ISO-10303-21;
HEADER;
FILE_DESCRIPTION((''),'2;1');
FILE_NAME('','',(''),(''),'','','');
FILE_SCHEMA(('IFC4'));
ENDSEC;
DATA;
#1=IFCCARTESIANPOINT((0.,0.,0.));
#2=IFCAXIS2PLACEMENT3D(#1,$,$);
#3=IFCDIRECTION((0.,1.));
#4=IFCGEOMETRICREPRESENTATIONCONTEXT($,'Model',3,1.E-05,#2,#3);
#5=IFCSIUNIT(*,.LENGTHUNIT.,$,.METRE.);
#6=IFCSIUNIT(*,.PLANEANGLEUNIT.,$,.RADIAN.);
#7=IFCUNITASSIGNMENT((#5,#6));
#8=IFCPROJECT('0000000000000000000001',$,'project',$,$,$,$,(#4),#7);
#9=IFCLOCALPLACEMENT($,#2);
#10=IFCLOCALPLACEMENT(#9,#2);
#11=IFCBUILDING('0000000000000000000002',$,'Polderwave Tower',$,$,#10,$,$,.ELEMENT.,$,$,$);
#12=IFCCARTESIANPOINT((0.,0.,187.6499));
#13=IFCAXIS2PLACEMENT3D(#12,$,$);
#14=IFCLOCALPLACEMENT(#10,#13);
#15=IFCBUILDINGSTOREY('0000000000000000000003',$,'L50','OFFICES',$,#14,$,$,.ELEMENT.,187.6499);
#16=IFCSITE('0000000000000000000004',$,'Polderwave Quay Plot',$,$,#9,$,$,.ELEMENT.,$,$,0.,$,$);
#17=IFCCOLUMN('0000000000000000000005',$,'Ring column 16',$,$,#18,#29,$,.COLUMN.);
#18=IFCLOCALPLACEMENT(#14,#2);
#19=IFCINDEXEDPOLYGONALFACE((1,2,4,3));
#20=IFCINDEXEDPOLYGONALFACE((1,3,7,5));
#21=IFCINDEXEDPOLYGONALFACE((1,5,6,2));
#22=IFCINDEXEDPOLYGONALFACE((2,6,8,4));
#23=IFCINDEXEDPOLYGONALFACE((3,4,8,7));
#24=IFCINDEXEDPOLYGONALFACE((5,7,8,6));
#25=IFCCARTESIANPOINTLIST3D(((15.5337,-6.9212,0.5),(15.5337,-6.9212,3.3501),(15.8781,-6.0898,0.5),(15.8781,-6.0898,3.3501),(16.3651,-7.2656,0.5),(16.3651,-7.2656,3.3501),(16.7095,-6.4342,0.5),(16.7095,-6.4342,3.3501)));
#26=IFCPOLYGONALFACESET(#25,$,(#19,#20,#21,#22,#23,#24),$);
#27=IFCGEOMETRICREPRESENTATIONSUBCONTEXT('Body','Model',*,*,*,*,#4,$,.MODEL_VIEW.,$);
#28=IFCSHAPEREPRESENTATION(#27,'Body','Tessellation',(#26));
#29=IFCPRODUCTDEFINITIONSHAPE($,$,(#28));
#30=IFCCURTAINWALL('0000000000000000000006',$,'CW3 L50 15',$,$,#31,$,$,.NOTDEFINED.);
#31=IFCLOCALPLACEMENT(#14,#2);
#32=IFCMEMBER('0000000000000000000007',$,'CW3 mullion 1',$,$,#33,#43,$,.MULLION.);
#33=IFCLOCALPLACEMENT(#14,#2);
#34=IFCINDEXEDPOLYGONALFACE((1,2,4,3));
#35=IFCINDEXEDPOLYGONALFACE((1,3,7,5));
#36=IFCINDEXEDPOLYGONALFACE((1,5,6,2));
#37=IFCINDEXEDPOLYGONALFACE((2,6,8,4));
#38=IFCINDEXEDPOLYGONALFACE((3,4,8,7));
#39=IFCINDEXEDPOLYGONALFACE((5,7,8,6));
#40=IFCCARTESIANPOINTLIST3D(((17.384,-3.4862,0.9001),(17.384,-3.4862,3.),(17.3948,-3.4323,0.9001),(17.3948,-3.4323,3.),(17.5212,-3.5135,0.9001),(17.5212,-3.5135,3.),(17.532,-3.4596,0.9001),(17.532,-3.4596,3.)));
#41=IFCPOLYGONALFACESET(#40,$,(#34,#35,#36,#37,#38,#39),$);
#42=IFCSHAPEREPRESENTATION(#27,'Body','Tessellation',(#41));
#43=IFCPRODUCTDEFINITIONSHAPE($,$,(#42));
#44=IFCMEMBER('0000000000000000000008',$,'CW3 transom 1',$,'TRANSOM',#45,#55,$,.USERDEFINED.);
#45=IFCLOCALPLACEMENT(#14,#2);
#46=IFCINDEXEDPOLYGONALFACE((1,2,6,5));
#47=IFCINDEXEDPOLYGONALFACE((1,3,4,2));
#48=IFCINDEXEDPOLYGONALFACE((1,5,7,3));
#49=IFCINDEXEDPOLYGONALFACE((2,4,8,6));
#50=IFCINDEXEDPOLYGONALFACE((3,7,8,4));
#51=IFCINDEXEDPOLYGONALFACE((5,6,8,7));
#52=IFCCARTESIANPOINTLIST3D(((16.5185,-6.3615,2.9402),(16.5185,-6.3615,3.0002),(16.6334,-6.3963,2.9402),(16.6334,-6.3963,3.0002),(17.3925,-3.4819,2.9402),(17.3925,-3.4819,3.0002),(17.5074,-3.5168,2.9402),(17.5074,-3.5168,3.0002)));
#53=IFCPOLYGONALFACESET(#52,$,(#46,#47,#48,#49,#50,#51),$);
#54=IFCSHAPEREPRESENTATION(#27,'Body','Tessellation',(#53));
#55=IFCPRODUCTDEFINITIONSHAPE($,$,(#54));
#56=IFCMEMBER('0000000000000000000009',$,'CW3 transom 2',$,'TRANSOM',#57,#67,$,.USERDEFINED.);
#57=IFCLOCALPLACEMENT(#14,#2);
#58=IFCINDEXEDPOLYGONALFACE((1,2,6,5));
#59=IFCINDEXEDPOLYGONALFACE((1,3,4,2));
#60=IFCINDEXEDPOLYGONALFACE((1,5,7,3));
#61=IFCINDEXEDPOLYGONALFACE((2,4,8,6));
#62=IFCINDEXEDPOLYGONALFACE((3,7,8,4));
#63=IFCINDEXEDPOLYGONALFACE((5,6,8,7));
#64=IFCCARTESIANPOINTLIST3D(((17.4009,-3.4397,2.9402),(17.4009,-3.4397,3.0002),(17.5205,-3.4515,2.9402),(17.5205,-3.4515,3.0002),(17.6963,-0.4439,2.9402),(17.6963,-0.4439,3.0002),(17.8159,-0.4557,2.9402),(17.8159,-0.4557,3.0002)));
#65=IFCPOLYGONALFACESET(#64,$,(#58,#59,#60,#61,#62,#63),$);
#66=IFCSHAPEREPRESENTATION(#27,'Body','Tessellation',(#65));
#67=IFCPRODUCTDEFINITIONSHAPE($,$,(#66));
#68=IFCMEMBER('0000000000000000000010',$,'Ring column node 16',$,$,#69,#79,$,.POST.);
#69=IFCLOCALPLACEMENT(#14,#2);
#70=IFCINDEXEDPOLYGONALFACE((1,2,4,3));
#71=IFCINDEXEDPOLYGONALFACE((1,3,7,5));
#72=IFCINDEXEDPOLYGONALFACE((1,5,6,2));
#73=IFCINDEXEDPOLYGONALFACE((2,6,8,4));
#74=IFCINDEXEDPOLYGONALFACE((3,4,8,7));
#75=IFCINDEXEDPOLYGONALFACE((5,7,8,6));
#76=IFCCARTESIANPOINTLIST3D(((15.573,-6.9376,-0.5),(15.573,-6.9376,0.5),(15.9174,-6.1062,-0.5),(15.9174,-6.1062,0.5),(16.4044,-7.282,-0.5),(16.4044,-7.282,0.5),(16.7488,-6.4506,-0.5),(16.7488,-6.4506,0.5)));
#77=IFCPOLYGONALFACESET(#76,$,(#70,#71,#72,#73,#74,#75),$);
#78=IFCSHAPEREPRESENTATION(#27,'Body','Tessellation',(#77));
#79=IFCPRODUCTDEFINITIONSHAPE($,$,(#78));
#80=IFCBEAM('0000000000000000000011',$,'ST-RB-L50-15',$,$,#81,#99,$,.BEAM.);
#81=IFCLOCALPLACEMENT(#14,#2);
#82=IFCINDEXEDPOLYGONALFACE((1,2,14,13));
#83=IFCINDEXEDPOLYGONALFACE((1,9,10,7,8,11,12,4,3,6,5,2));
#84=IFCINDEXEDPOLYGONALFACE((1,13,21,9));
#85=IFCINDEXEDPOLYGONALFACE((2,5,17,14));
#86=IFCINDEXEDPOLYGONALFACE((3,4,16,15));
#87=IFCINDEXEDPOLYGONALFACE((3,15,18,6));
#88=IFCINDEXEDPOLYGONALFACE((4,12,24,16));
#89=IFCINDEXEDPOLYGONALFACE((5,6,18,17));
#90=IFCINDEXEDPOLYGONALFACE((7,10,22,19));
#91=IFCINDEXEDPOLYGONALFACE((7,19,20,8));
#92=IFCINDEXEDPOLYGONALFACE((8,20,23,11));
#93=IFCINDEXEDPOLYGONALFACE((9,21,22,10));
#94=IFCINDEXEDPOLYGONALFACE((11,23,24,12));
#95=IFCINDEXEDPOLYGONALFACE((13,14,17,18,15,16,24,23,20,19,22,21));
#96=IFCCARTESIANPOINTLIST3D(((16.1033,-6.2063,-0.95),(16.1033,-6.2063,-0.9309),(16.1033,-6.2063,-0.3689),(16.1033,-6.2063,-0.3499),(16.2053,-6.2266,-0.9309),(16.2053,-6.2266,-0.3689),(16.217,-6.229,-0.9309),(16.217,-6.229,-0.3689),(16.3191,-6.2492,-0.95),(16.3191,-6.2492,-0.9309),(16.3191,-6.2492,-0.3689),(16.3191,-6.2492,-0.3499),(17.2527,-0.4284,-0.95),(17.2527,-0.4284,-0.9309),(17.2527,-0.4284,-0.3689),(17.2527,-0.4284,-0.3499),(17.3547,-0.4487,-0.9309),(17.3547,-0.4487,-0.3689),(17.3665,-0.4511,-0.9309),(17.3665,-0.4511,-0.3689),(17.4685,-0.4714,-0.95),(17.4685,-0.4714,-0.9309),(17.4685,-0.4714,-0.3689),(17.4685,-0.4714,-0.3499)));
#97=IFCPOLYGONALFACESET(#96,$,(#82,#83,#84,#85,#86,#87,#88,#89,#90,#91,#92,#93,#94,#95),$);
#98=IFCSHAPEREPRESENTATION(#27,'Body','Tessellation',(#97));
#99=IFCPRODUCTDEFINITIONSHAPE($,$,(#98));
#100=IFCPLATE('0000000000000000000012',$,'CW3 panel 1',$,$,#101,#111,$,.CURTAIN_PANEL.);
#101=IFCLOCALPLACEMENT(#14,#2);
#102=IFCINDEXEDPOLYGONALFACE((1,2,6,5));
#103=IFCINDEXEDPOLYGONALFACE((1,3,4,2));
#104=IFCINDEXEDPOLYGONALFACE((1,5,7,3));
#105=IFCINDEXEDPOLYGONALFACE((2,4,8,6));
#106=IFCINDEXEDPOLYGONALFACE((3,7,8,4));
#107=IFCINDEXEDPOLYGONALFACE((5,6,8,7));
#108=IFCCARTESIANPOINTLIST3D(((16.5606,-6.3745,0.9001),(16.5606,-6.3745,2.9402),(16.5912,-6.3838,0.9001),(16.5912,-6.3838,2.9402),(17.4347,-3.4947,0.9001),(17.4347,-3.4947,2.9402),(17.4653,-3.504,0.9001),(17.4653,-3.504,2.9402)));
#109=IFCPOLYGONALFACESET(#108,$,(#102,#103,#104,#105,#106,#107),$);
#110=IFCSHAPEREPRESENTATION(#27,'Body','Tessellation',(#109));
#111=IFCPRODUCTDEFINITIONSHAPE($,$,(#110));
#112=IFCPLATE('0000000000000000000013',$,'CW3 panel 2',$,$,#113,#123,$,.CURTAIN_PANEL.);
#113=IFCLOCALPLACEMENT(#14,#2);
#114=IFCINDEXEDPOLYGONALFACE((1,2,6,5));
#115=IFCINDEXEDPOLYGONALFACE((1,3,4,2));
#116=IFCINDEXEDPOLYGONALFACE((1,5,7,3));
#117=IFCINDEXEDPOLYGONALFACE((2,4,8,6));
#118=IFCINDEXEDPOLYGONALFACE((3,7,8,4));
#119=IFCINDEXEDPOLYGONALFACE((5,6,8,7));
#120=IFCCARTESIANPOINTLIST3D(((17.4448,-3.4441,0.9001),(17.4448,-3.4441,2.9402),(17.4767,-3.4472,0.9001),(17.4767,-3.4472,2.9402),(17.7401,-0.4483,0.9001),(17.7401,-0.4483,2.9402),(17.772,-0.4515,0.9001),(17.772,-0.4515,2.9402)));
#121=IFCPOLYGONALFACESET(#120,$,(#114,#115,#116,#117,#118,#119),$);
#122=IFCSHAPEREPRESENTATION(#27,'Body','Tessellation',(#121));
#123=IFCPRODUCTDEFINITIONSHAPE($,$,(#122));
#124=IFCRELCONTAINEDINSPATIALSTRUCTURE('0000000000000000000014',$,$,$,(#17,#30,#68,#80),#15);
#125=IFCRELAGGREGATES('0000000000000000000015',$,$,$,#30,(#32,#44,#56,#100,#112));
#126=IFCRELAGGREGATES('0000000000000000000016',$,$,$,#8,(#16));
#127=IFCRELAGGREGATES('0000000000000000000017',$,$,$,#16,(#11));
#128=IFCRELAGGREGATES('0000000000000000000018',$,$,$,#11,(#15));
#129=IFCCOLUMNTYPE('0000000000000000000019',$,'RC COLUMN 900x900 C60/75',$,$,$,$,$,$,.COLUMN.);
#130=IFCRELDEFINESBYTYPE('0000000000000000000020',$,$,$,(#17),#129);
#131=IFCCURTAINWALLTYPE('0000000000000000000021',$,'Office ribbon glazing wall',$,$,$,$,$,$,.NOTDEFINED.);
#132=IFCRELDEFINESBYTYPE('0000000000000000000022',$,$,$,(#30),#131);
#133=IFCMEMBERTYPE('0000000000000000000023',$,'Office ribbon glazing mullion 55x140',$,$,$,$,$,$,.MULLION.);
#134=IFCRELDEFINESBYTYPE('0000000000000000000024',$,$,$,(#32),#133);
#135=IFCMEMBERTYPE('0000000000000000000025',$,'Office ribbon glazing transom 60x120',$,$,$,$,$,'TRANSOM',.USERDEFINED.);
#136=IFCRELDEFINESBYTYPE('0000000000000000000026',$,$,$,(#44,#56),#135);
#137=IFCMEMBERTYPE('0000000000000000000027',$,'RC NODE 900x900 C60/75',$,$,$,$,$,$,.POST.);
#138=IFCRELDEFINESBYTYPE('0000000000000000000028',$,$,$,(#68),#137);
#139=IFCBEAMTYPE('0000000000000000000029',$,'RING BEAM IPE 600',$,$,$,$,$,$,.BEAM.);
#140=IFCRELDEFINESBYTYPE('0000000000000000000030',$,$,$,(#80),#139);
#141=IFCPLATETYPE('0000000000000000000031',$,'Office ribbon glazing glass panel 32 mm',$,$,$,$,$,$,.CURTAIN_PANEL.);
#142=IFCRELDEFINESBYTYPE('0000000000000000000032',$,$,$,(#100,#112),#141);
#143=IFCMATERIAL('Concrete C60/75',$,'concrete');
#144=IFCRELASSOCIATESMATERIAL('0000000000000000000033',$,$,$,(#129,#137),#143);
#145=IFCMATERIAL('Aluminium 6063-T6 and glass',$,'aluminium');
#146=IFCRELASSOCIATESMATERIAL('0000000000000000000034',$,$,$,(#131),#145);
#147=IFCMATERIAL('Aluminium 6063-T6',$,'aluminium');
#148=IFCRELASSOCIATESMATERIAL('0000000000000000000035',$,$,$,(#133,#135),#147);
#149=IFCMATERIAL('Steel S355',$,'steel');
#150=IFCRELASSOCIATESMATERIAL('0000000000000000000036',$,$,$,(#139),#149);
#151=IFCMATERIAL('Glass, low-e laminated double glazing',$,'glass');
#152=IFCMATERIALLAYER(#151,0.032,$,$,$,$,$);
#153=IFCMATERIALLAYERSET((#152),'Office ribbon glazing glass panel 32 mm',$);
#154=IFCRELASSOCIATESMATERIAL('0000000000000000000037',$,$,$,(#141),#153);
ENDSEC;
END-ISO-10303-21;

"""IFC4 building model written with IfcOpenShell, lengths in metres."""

from ifc_helpers import new_model, si_unit, direction, frame, origin, origin_2d, place, context, subcontext, project, spatial, rectangle, i_section, extrude, material, layer, layer_set, material_profile, profile_set, type_object, element, aggregate, save


model = new_model("IFC4")

# Units and contexts
model_context = context("Model", 3, precision=1e-05, world=origin(), true_north=direction((0.0, 1.0)))
body_context = subcontext(model_context, "Body", "Model", "MODEL_VIEW")
ifc_project = project(units=[si_unit("LENGTHUNIT", "METRE"), si_unit("PLANEANGLEUNIT", "RADIAN")], contexts=[model_context])

# Site, building, storey
site_placement = place(None, origin())
site = spatial("IfcSite", under=ifc_project, at=site_placement, Name="Polderwave Quay Plot", CompositionType="ELEMENT", RefElevation=0.0)
building_placement = place(site_placement, origin())
building = spatial("IfcBuilding", under=site, at=building_placement, Name="Polderwave Tower", CompositionType="ELEMENT")
storey_placement = place(building_placement, frame((0.0, 0.0, 187.6499)))
storey = spatial("IfcBuildingStorey", under=building, at=storey_placement, Name="L50", Description="OFFICES", CompositionType="ELEMENT", Elevation=187.6499)

# Column
ifc_material_1 = material(Name="Concrete C60/75", Category="concrete")
ifc_material_profile_1 = material_profile(ifc_material_1, rectangle(XDim=0.8999, YDim=0.8999, at=origin_2d()), Name="RC 900x900")
ifc_profile_set_1 = profile_set([ifc_material_profile_1], Name="Concrete C60/75")
column_type = type_object("IfcColumnType", Name="RC COLUMN 900x900 C60/75", PredefinedType="COLUMN", material=ifc_profile_set_1)
column_placement = place(storey_placement, frame((16.1216, -6.6777, 0.5), z_axis=(0.0, 0.0, 1.0), x_axis=(0.92388, -0.382683, 0.0)))
element("IfcColumn", 1, at=column_placement, inside=storey, type_object=column_type, Name="Ring column 16", PredefinedType="COLUMN", context=body_context, shape_type="SweptSolid", body=[
    extrude(rectangle(XDim=0.8999, YDim=0.8999, at=origin_2d()), origin(), (0.0, 0.0, 1.0), 2.8501),
])

# Curtain wall, members
ifc_material_2 = material(Name="Aluminium 6063-T6 and glass", Category="aluminium")
curtain_wall_type = type_object("IfcCurtainWallType", Name="Office ribbon glazing wall", PredefinedType="NOTDEFINED", material=ifc_material_2)
curtain_wall_placement = place(storey_placement, origin())
curtain_wall = element("IfcCurtainWall", 2, at=curtain_wall_placement, inside=storey, type_object=curtain_wall_type, Name="CW3 L50 15", PredefinedType="NOTDEFINED")
ifc_material_3 = material(Name="Aluminium 6063-T6", Category="aluminium")
ifc_material_profile_2 = material_profile(ifc_material_3, rectangle(XDim=0.1399, YDim=0.0549, at=origin_2d()), Name="AL 55x140")
ifc_profile_set_2 = profile_set([ifc_material_profile_2], Name="Aluminium 6063-T6")
member_type_1 = type_object("IfcMemberType", Name="Office ribbon glazing mullion 55x140", PredefinedType="MULLION", material=ifc_profile_set_2)
member_1_placement = place(storey_placement, frame((17.458, -3.4729, 0.9001), z_axis=(0.0, 0.0, 1.0), x_axis=(-0.980762, 0.195205, 0.0)))
member_1 = element("IfcMember", 3, at=member_1_placement, type_object=member_type_1, Name="CW3 mullion 1", PredefinedType="MULLION", context=body_context, shape_type="SweptSolid", body=[
    extrude(rectangle(XDim=0.1399, YDim=0.0549, at=origin_2d()), origin(), (0.0, 0.0, 1.0), 2.0999),
])
ifc_material_profile_3 = material_profile(ifc_material_3, rectangle(XDim=0.1201, YDim=0.0601, at=origin_2d()), Name="AL 60x120")
ifc_profile_set_3 = profile_set([ifc_material_profile_3], Name="Aluminium 6063-T6")
member_type_2 = type_object("IfcMemberType", Name="Office ribbon glazing transom 60x120", ElementType="TRANSOM", PredefinedType="USERDEFINED", material=ifc_profile_set_3)
member_2_placement = place(storey_placement, frame((16.5759, -6.3789, 2.9702), z_axis=(0.290435, 0.956895, 0.0), x_axis=(-0.956895, 0.290435, 0.0)))
member_2 = element("IfcMember", 4, at=member_2_placement, type_object=member_type_2, Name="CW3 transom 1", ObjectType="TRANSOM", PredefinedType="USERDEFINED", context=body_context, shape_type="SweptSolid", body=[
    extrude(rectangle(XDim=0.1201, YDim=0.0601, at=origin_2d()), origin(), (0.0, 0.0, 1.0), 3.0093),
])
member_3_placement = place(storey_placement, frame((17.4607, -3.4456, 2.9702), z_axis=(0.098138, 0.995173, 0.0), x_axis=(-0.995173, 0.098138, 0.0)))
member_3 = element("IfcMember", 5, at=member_3_placement, type_object=member_type_2, Name="CW3 transom 2", ObjectType="TRANSOM", PredefinedType="USERDEFINED", context=body_context, shape_type="SweptSolid", body=[
    extrude(rectangle(XDim=0.1201, YDim=0.0601, at=origin_2d()), origin(), (0.0, 0.0, 1.0), 3.0103),
])

# Member
ifc_material_profile_4 = material_profile(ifc_material_1, rectangle(XDim=0.8999, YDim=0.8999, at=origin_2d()), Name="RC 900x900")
ifc_profile_set_4 = profile_set([ifc_material_profile_4], Name="Concrete C60/75")
member_type_3 = type_object("IfcMemberType", Name="RC NODE 900x900 C60/75", PredefinedType="POST", material=ifc_profile_set_4)
member_4_placement = place(storey_placement, frame((16.1609, -6.6941, -0.5), z_axis=(0.0, 0.0, 1.0), x_axis=(0.92388, -0.382683, 0.0)))
element("IfcMember", 6, at=member_4_placement, inside=storey, type_object=member_type_3, Name="Ring column node 16", PredefinedType="POST", context=body_context, shape_type="SweptSolid", body=[
    extrude(rectangle(XDim=0.8999, YDim=0.8999, at=origin_2d()), origin(), (0.0, 0.0, 1.0), 1.0),
])

# Beam
ifc_material_4 = material(Name="Steel S355", Category="steel")
ifc_material_profile_5 = material_profile(ifc_material_4, i_section(OverallWidth=0.22, OverallDepth=0.6001, WebThickness=0.012, FlangeThickness=0.019, at=origin_2d()), Name="IPE 600")
ifc_profile_set_5 = profile_set([ifc_material_profile_5], Name="Steel S355")
beam_type = type_object("IfcBeamType", Name="RING BEAM IPE 600", PredefinedType="BEAM", material=ifc_profile_set_5)
beam_placement = place(storey_placement, frame((16.2112, -6.2278, -0.6499), z_axis=(0.195112, 0.980781, 0.0), x_axis=(-0.980781, 0.195112, 0.0)))
element("IfcBeam", 7, at=beam_placement, inside=storey, type_object=beam_type, Name="ST-RB-L50-15", PredefinedType="BEAM", context=body_context, shape_type="SweptSolid", body=[
    extrude(i_section(OverallWidth=0.22, OverallDepth=0.6001, WebThickness=0.012, FlangeThickness=0.019, at=origin_2d()), origin(), (0.0, 0.0, 1.0), 5.8911),
])

# Plates
ifc_material_5 = material(Name="Glass, low-e laminated double glazing", Category="glass")
ifc_layer_1 = layer(ifc_material_5, 0.032)
ifc_layer_set_1 = layer_set([ifc_layer_1], Name="Office ribbon glazing glass panel 32 mm")
plate_type = type_object("IfcPlateType", Name="Office ribbon glazing glass panel 32 mm", PredefinedType="CURTAIN_PANEL", material=ifc_layer_set_1)
plate_1_placement = place(storey_placement, frame((17.0129, -4.9392, 0.9001), z_axis=(0.0, 0.0, 1.0), x_axis=(0.290428, 0.956897, 0.0)))
plate_1 = element("IfcPlate", 8, at=plate_1_placement, type_object=plate_type, Name="CW3 panel 1", PredefinedType="CURTAIN_PANEL", context=body_context, shape_type="SweptSolid", body=[
    extrude(rectangle(XDim=3.0095, YDim=0.032, at=origin_2d()), origin(), (0.0, 0.0, 1.0), 2.04),
])
plate_2_placement = place(storey_placement, frame((17.6084, -1.9478, 0.9001), z_axis=(0.0, 0.0, 1.0), x_axis=(0.098102, 0.995176, 0.0)))
plate_2 = element("IfcPlate", 9, at=plate_2_placement, type_object=plate_type, Name="CW3 panel 2", PredefinedType="CURTAIN_PANEL", context=body_context, shape_type="SweptSolid", body=[
    extrude(rectangle(XDim=3.0103, YDim=0.032, at=origin_2d()), origin(), (0.0, 0.0, 1.0), 2.04),
])
aggregate(curtain_wall, [member_1, member_2, member_3, plate_1, plate_2])

save(model, "model.ifc")
